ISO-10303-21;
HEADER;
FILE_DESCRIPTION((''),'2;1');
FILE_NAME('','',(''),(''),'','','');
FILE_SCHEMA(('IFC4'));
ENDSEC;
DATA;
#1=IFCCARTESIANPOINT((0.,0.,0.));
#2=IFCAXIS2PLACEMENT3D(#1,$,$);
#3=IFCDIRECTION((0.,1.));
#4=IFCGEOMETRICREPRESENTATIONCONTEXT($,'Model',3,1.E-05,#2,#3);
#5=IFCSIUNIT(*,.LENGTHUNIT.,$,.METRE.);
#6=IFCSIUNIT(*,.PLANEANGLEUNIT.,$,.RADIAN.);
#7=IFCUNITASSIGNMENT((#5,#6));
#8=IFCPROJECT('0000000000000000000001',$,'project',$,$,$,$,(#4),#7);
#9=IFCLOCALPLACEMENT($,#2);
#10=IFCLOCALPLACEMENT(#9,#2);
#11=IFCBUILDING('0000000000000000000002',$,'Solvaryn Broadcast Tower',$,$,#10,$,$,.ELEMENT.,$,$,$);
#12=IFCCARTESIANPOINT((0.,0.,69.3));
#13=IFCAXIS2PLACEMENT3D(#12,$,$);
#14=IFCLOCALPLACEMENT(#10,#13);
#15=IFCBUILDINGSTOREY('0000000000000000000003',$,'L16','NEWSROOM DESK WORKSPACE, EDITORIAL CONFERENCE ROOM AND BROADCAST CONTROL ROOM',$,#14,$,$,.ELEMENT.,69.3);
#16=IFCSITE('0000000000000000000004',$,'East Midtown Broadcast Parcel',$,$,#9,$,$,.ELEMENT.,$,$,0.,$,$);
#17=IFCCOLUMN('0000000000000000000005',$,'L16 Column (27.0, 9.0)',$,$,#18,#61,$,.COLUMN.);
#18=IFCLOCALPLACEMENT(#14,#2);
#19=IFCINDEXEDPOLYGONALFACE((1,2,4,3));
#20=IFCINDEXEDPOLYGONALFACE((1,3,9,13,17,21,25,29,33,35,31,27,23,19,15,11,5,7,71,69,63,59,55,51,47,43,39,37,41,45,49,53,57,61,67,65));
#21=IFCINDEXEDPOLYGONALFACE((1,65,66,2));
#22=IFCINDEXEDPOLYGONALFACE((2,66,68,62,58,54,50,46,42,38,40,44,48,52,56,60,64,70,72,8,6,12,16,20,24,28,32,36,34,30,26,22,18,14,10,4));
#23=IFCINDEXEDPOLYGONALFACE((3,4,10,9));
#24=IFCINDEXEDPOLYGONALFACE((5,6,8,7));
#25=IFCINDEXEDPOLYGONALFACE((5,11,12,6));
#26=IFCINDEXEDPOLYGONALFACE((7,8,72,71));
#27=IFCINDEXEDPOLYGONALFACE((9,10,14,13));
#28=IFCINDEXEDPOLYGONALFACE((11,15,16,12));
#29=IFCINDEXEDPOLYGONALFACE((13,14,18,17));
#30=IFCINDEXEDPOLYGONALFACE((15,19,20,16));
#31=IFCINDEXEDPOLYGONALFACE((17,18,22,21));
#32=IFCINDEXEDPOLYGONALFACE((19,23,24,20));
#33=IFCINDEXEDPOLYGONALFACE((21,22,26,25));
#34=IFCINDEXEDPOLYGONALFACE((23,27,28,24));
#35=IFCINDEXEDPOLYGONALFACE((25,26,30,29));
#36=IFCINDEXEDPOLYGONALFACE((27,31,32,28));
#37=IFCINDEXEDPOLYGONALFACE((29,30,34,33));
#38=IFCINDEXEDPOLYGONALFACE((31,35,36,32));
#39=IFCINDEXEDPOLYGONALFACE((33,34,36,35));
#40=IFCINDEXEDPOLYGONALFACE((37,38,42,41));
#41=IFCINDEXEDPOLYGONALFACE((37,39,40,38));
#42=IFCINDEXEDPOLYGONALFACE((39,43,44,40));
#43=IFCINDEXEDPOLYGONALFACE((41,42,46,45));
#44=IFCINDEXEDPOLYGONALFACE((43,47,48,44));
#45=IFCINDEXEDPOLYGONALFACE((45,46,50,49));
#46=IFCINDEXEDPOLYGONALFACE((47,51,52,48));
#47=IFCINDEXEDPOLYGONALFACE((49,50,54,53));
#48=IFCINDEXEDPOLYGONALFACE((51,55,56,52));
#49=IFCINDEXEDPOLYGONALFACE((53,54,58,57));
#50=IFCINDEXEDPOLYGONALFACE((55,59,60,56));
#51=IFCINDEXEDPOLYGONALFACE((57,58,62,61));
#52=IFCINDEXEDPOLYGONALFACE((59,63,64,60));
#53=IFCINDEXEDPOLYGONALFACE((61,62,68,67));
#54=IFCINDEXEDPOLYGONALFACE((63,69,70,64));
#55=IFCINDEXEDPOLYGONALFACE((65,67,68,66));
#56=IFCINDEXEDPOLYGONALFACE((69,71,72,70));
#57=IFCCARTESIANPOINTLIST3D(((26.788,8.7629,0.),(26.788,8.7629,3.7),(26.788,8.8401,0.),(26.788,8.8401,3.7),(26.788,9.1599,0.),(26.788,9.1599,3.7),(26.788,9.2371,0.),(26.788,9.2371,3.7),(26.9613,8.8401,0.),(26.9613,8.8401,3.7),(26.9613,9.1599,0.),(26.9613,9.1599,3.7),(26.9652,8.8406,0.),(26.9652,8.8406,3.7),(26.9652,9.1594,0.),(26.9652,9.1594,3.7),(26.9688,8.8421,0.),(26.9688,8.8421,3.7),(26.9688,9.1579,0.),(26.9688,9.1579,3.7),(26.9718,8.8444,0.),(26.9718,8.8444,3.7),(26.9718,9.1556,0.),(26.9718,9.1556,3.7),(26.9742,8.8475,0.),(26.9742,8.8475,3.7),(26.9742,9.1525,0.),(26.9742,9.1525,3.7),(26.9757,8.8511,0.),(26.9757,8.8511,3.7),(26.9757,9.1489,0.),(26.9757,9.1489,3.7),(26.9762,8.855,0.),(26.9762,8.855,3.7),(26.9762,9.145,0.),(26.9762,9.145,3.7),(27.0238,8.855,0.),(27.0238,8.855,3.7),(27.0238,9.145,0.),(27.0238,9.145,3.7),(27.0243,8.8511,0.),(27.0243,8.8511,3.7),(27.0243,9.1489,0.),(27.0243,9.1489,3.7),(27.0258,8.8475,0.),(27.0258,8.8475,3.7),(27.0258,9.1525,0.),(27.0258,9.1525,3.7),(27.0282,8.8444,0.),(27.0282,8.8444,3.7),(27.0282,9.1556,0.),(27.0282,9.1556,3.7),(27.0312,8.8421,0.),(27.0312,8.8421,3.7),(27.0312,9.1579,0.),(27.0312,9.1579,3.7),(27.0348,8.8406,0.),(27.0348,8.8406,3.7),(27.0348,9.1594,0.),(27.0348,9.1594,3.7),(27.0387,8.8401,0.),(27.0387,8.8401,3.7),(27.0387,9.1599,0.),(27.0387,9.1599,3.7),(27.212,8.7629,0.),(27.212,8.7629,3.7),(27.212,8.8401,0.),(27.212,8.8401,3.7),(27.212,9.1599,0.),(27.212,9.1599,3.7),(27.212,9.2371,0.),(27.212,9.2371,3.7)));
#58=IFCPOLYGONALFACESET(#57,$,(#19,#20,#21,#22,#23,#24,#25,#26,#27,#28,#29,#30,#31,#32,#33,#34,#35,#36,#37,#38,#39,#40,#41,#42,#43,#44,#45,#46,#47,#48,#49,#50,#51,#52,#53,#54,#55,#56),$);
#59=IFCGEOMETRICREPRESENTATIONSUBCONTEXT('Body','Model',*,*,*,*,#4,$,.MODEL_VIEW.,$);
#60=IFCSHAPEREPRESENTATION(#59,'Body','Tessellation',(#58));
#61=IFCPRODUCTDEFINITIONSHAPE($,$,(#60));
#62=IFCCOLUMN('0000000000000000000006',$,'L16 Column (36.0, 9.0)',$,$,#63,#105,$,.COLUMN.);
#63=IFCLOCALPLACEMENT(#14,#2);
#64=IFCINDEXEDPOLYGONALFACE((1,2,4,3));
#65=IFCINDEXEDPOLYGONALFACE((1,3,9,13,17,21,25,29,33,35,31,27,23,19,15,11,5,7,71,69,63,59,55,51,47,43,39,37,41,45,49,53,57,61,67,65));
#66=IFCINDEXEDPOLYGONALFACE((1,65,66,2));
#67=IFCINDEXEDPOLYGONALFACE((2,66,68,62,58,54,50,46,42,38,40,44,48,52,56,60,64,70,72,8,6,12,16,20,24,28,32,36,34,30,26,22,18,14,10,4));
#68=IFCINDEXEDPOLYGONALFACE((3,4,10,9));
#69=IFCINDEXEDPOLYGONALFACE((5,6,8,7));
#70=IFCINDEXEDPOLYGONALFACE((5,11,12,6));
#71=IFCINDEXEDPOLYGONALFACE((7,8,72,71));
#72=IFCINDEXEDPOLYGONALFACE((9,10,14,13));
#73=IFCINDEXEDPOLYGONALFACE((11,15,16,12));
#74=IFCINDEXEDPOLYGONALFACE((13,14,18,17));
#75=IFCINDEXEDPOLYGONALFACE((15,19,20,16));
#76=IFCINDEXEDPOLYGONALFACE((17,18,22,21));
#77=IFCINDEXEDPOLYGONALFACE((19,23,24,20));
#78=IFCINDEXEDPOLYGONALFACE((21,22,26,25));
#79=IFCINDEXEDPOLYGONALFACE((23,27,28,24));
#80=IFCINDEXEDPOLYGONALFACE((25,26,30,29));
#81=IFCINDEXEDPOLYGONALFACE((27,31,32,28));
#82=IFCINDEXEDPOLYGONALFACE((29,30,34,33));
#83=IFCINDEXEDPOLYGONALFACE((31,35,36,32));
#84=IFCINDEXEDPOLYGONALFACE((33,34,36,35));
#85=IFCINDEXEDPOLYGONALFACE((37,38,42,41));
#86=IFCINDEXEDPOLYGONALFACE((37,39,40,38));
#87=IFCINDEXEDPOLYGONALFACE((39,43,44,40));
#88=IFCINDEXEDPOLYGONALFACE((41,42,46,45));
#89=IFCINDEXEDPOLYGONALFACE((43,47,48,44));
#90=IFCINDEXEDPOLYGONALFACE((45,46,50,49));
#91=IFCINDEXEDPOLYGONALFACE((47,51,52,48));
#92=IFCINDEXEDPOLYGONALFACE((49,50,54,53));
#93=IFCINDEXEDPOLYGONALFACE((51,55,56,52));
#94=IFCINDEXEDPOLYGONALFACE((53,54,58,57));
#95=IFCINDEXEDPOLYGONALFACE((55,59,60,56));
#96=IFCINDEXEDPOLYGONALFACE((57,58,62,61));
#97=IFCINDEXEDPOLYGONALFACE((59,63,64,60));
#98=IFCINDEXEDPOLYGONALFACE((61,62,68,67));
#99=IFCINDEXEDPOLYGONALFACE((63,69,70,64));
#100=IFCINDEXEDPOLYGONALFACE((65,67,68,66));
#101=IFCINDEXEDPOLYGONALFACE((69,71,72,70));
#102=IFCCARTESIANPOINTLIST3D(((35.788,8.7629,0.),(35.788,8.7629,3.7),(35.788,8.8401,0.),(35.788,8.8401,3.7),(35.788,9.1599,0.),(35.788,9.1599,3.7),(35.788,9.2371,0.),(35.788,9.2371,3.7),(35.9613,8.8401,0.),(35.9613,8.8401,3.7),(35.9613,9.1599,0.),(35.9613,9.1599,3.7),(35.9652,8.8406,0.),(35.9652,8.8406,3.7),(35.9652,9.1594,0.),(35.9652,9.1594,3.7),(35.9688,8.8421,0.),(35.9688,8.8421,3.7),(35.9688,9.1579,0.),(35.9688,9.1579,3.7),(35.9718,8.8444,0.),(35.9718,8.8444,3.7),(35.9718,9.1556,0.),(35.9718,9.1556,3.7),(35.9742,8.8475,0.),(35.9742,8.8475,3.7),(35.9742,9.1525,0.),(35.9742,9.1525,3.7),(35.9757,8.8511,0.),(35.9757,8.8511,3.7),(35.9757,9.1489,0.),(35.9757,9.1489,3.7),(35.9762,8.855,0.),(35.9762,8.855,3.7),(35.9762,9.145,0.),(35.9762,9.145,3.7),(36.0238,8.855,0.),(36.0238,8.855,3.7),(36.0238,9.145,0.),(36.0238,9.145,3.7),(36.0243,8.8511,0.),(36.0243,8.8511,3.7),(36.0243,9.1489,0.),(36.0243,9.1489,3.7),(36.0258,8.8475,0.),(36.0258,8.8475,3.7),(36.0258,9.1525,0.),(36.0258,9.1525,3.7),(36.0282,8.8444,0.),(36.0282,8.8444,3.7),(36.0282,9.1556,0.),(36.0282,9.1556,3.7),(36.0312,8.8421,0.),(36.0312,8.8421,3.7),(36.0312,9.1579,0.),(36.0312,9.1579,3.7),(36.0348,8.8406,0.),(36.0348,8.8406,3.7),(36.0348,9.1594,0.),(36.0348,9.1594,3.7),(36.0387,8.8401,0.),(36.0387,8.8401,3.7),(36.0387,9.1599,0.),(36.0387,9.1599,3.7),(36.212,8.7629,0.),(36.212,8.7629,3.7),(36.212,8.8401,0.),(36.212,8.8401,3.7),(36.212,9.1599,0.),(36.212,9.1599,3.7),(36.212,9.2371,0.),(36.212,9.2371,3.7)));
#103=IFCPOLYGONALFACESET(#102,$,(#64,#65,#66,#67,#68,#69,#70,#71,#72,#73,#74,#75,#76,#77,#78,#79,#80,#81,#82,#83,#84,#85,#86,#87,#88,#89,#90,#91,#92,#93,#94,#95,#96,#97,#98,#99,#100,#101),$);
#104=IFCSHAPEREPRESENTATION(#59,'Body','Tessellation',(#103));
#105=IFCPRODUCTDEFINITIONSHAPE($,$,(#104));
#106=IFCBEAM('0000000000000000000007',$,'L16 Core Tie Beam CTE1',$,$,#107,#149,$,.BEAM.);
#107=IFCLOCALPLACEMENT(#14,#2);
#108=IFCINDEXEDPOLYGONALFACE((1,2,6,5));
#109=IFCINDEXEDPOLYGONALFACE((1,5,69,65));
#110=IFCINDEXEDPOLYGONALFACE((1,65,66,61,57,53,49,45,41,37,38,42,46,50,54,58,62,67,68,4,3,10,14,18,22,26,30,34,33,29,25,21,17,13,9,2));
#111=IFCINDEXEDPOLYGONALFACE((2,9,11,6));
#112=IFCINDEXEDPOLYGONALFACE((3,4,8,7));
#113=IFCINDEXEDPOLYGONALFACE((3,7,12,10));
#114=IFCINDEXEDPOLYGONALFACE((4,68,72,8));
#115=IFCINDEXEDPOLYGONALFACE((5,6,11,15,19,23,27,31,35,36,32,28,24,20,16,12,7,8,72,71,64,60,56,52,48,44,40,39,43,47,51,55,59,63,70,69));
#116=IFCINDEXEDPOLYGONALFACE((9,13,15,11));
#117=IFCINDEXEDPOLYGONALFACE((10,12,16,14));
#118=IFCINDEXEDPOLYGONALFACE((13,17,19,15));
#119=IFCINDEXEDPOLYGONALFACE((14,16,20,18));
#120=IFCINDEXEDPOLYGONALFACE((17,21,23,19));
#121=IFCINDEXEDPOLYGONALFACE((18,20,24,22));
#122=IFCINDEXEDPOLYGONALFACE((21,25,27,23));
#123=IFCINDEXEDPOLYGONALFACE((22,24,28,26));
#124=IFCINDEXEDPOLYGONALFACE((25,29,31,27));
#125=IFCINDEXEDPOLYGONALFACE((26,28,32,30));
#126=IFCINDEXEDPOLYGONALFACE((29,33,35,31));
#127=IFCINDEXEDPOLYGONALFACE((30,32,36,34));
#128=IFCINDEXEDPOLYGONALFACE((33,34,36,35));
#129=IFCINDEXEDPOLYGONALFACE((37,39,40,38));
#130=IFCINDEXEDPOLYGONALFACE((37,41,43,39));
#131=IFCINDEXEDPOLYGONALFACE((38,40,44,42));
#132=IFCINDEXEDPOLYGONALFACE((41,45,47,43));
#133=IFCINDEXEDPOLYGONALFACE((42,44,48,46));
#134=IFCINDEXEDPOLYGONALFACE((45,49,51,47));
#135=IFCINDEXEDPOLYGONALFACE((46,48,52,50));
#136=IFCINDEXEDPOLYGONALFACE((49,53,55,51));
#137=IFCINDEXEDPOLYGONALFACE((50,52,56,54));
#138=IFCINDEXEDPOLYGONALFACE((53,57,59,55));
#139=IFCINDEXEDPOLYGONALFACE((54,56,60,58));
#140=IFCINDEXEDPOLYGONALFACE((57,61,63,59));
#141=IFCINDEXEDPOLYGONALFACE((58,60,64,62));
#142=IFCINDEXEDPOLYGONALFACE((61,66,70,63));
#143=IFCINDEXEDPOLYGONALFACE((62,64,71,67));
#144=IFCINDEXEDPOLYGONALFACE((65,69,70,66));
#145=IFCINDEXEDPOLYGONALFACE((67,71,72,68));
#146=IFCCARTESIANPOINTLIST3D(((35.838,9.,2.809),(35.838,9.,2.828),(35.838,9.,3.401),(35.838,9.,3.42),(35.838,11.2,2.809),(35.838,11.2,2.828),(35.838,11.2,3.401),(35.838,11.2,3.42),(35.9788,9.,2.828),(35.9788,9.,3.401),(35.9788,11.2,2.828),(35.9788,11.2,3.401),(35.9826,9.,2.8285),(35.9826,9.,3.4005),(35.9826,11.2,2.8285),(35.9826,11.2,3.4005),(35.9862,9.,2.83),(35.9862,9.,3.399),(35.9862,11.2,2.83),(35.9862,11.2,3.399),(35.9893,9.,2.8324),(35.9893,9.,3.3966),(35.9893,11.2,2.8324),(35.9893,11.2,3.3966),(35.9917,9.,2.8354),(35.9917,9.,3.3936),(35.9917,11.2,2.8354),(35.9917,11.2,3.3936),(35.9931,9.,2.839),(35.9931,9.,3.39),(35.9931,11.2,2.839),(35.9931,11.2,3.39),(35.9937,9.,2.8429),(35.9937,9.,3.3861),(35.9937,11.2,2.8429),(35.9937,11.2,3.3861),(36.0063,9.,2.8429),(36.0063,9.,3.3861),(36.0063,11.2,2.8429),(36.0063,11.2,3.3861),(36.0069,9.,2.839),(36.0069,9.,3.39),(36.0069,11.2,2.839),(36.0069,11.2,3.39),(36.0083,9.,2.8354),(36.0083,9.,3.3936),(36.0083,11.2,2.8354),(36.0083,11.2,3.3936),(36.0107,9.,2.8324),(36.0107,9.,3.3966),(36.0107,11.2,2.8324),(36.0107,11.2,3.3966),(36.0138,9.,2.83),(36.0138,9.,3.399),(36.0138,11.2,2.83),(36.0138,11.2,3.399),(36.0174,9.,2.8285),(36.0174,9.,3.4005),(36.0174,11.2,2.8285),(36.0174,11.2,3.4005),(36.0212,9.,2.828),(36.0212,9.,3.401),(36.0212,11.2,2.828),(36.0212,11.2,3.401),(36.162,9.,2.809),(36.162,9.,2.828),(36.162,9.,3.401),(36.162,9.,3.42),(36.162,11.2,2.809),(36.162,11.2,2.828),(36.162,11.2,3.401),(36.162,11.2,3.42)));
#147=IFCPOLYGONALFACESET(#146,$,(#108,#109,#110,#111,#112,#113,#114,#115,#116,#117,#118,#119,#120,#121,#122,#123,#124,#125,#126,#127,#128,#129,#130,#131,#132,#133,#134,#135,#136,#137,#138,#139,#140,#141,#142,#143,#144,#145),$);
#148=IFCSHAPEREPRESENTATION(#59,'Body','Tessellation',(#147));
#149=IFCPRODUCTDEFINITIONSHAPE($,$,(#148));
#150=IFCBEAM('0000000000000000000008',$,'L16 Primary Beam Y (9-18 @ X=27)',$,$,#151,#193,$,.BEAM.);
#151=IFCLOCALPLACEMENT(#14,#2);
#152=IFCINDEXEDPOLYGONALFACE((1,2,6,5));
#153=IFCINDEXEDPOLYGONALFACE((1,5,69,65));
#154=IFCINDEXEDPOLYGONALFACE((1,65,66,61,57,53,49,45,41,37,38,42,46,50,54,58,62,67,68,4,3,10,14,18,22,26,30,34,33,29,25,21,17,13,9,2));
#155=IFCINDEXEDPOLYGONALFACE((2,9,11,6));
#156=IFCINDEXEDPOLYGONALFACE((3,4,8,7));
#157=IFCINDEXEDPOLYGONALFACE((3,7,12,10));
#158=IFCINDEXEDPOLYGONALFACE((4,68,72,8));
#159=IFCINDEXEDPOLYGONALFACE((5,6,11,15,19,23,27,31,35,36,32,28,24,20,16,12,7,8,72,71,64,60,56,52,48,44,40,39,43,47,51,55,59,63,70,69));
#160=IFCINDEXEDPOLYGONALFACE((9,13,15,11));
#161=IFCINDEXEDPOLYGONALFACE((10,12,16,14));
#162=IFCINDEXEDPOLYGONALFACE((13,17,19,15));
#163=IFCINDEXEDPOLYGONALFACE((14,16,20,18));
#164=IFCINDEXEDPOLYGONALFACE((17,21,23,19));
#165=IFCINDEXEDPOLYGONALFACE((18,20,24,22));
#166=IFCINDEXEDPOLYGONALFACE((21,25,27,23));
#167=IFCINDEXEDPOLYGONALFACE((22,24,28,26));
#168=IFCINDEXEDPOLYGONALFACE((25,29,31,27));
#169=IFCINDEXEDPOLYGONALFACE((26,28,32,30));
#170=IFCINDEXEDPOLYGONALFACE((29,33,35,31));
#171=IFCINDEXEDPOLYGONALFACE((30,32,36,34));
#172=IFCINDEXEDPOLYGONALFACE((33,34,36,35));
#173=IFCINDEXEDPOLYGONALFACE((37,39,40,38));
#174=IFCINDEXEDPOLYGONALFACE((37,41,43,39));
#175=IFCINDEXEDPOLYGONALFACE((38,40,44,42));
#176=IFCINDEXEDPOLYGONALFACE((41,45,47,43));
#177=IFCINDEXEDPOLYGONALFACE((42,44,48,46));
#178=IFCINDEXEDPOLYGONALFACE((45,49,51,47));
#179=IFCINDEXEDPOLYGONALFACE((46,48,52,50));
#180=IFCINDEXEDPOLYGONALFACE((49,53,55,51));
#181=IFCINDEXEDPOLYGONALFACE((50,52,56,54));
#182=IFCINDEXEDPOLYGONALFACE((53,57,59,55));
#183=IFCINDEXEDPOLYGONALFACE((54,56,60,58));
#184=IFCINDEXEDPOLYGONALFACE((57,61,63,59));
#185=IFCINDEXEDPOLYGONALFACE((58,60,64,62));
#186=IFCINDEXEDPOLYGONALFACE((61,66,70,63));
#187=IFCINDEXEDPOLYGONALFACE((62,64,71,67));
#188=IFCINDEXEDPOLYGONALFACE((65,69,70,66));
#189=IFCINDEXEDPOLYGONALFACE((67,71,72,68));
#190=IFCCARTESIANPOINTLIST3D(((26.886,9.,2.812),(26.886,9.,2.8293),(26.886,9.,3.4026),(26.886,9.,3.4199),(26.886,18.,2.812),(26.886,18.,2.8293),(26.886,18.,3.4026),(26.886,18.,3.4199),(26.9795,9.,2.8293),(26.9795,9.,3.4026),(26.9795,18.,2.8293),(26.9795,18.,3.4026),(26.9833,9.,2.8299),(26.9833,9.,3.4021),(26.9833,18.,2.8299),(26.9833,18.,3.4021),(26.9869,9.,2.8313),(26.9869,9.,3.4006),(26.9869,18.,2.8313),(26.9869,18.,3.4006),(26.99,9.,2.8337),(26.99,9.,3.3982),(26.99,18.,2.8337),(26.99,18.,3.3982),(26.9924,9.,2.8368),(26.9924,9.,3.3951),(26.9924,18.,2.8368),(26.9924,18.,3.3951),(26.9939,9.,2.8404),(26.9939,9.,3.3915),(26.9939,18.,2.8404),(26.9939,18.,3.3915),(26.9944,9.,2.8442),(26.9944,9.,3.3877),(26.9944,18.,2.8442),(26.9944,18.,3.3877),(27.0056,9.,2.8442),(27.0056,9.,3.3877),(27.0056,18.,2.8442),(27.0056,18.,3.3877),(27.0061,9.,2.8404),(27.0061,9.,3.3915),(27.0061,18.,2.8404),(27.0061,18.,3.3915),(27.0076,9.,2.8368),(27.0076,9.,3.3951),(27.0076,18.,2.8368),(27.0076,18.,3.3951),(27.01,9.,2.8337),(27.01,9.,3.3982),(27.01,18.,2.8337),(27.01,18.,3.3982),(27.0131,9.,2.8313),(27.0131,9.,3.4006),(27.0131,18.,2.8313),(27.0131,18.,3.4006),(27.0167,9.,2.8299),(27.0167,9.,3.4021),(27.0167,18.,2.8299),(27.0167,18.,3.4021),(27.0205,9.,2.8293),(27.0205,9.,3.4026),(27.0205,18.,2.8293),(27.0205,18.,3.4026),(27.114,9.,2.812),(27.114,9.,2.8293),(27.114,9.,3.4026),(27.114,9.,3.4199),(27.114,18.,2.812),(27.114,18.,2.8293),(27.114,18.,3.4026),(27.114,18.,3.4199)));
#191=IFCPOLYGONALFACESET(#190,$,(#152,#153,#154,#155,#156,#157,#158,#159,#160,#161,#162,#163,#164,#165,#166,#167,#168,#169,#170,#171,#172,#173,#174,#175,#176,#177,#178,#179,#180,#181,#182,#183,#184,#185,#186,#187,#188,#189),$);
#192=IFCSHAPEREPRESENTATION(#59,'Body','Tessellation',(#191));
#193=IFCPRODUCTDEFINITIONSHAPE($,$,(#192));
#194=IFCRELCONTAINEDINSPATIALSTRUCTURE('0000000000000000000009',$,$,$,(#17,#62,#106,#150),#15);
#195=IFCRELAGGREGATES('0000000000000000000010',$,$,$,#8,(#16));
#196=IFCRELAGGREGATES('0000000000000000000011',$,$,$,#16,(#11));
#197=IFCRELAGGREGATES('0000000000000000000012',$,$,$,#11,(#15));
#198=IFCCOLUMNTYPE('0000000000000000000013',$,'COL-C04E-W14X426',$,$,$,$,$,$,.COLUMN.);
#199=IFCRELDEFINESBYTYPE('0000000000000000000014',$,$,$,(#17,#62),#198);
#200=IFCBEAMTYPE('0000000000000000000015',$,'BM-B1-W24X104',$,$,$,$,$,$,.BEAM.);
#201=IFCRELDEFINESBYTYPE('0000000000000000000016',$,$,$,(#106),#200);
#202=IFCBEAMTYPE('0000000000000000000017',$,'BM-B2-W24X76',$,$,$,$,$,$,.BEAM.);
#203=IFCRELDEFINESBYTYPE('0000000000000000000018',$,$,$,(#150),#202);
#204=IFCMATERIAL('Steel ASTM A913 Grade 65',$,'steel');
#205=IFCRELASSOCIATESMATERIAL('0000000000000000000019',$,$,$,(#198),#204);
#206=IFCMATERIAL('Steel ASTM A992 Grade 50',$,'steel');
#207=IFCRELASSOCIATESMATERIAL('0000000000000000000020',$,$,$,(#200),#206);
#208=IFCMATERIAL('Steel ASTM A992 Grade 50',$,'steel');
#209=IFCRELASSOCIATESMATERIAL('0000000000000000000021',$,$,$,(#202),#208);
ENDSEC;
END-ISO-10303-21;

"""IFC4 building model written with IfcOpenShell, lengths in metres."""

from ifc_helpers import new_model, si_unit, direction, frame, origin, origin_2d, place, context, subcontext, project, spatial, i_section, extrude, material, material_profile, profile_set, type_object, element, save


model = new_model("IFC4")

# Units and contexts
model_context = context("Model", 3, precision=1e-05, world=origin(), true_north=direction((0.0, 1.0)))
body_context = subcontext(model_context, "Body", "Model", "MODEL_VIEW")
ifc_project = project(units=[si_unit("LENGTHUNIT", "METRE"), si_unit("PLANEANGLEUNIT", "RADIAN")], contexts=[model_context])

# Site, building, storey
site_placement = place(None, origin())
site = spatial("IfcSite", under=ifc_project, at=site_placement, Name="East Midtown Broadcast Parcel", CompositionType="ELEMENT", RefElevation=0.0)
building_placement = place(site_placement, origin())
building = spatial("IfcBuilding", under=site, at=building_placement, Name="Solvaryn Broadcast Tower", CompositionType="ELEMENT")
storey_placement = place(building_placement, frame((0.0, 0.0, 69.3)))
storey = spatial("IfcBuildingStorey", under=building, at=storey_placement, Name="L16", Description="NEWSROOM DESK WORKSPACE, EDITORIAL CONFERENCE ROOM AND BROADCAST CONTROL ROOM", CompositionType="ELEMENT", Elevation=69.3)

# Columns
ifc_material_1 = material(Name="Steel ASTM A913 Grade 65", Category="steel")
ifc_material_profile_1 = material_profile(ifc_material_1, i_section(OverallWidth=0.4241, OverallDepth=0.4741, WebThickness=0.0476, FlangeThickness=0.0771, FilletRadius=0.0149, at=origin_2d()))
ifc_profile_set_1 = profile_set([ifc_material_profile_1], Name="Steel ASTM A913 Grade 65")
column_type = type_object("IfcColumnType", Name="COL-C04E-W14X426", PredefinedType="COLUMN", material=ifc_profile_set_1)
for number, where, z_axis, x_axis, name in (
    (1, (27.0, 9.0, 0.0), (0.0, 0.0, 1.0), (1.0, 0.0, 0.0), "L16 Column (27.0, 9.0)"),
    (2, (36.0, 9.0, 0.0), (0.0, 0.0, 1.0), (1.0, 0.0, 0.0), "L16 Column (36.0, 9.0)"),
):
    element("IfcColumn", number, at=place(storey_placement, frame(where, z_axis=z_axis, x_axis=x_axis)), inside=storey, type_object=column_type, Name=name, PredefinedType="COLUMN", context=body_context, shape_type="SweptSolid", body=[
        extrude(i_section(OverallWidth=0.4241, OverallDepth=0.4741, WebThickness=0.0476, FlangeThickness=0.0771, FilletRadius=0.0149, at=origin_2d()), origin(), (0.0, 0.0, 1.0), 3.7),
    ])

# Beams
ifc_material_2 = material(Name="Steel ASTM A992 Grade 50", Category="steel")
ifc_material_profile_2 = material_profile(ifc_material_2, i_section(OverallWidth=0.324, OverallDepth=0.6111, WebThickness=0.0127, FlangeThickness=0.019, FilletRadius=0.0149, at=origin_2d()))
ifc_profile_set_2 = profile_set([ifc_material_profile_2], Name="Steel ASTM A992 Grade 50")
beam_type_1 = type_object("IfcBeamType", Name="BM-B1-W24X104", PredefinedType="BEAM", material=ifc_profile_set_2)
beam_1_placement = place(storey_placement, frame((36.0, 9.0, 3.1145), z_axis=(0.0, 1.0, 0.0), x_axis=(-1.0, 0.0, 0.0)))
element("IfcBeam", 3, at=beam_1_placement, inside=storey, type_object=beam_type_1, Name="L16 Core Tie Beam CTE1", PredefinedType="BEAM", context=body_context, shape_type="SweptSolid", body=[
    extrude(i_section(OverallWidth=0.324, OverallDepth=0.6111, WebThickness=0.0127, FlangeThickness=0.019, FilletRadius=0.0149, at=origin_2d()), origin(), (0.0, 0.0, 1.0), 2.2),
])
ifc_material_3 = material(Name="Steel ASTM A992 Grade 50", Category="steel")
ifc_material_profile_3 = material_profile(ifc_material_3, i_section(OverallWidth=0.228, OverallDepth=0.6079, WebThickness=0.0112, FlangeThickness=0.0173, FilletRadius=0.0149, at=origin_2d()))
ifc_profile_set_3 = profile_set([ifc_material_profile_3], Name="Steel ASTM A992 Grade 50")
beam_type_2 = type_object("IfcBeamType", Name="BM-B2-W24X76", PredefinedType="BEAM", material=ifc_profile_set_3)
beam_2_placement = place(storey_placement, frame((27.0, 9.0, 3.116), z_axis=(0.0, 1.0, 0.0), x_axis=(-1.0, 0.0, 0.0)))
element("IfcBeam", 4, at=beam_2_placement, inside=storey, type_object=beam_type_2, Name="L16 Primary Beam Y (9-18 @ X=27)", PredefinedType="BEAM", context=body_context, shape_type="SweptSolid", body=[
    extrude(i_section(OverallWidth=0.228, OverallDepth=0.6079, WebThickness=0.0112, FlangeThickness=0.0173, FilletRadius=0.0149, at=origin_2d()), origin(), (0.0, 0.0, 1.0), 9.0),
])

save(model, "model.ifc")
